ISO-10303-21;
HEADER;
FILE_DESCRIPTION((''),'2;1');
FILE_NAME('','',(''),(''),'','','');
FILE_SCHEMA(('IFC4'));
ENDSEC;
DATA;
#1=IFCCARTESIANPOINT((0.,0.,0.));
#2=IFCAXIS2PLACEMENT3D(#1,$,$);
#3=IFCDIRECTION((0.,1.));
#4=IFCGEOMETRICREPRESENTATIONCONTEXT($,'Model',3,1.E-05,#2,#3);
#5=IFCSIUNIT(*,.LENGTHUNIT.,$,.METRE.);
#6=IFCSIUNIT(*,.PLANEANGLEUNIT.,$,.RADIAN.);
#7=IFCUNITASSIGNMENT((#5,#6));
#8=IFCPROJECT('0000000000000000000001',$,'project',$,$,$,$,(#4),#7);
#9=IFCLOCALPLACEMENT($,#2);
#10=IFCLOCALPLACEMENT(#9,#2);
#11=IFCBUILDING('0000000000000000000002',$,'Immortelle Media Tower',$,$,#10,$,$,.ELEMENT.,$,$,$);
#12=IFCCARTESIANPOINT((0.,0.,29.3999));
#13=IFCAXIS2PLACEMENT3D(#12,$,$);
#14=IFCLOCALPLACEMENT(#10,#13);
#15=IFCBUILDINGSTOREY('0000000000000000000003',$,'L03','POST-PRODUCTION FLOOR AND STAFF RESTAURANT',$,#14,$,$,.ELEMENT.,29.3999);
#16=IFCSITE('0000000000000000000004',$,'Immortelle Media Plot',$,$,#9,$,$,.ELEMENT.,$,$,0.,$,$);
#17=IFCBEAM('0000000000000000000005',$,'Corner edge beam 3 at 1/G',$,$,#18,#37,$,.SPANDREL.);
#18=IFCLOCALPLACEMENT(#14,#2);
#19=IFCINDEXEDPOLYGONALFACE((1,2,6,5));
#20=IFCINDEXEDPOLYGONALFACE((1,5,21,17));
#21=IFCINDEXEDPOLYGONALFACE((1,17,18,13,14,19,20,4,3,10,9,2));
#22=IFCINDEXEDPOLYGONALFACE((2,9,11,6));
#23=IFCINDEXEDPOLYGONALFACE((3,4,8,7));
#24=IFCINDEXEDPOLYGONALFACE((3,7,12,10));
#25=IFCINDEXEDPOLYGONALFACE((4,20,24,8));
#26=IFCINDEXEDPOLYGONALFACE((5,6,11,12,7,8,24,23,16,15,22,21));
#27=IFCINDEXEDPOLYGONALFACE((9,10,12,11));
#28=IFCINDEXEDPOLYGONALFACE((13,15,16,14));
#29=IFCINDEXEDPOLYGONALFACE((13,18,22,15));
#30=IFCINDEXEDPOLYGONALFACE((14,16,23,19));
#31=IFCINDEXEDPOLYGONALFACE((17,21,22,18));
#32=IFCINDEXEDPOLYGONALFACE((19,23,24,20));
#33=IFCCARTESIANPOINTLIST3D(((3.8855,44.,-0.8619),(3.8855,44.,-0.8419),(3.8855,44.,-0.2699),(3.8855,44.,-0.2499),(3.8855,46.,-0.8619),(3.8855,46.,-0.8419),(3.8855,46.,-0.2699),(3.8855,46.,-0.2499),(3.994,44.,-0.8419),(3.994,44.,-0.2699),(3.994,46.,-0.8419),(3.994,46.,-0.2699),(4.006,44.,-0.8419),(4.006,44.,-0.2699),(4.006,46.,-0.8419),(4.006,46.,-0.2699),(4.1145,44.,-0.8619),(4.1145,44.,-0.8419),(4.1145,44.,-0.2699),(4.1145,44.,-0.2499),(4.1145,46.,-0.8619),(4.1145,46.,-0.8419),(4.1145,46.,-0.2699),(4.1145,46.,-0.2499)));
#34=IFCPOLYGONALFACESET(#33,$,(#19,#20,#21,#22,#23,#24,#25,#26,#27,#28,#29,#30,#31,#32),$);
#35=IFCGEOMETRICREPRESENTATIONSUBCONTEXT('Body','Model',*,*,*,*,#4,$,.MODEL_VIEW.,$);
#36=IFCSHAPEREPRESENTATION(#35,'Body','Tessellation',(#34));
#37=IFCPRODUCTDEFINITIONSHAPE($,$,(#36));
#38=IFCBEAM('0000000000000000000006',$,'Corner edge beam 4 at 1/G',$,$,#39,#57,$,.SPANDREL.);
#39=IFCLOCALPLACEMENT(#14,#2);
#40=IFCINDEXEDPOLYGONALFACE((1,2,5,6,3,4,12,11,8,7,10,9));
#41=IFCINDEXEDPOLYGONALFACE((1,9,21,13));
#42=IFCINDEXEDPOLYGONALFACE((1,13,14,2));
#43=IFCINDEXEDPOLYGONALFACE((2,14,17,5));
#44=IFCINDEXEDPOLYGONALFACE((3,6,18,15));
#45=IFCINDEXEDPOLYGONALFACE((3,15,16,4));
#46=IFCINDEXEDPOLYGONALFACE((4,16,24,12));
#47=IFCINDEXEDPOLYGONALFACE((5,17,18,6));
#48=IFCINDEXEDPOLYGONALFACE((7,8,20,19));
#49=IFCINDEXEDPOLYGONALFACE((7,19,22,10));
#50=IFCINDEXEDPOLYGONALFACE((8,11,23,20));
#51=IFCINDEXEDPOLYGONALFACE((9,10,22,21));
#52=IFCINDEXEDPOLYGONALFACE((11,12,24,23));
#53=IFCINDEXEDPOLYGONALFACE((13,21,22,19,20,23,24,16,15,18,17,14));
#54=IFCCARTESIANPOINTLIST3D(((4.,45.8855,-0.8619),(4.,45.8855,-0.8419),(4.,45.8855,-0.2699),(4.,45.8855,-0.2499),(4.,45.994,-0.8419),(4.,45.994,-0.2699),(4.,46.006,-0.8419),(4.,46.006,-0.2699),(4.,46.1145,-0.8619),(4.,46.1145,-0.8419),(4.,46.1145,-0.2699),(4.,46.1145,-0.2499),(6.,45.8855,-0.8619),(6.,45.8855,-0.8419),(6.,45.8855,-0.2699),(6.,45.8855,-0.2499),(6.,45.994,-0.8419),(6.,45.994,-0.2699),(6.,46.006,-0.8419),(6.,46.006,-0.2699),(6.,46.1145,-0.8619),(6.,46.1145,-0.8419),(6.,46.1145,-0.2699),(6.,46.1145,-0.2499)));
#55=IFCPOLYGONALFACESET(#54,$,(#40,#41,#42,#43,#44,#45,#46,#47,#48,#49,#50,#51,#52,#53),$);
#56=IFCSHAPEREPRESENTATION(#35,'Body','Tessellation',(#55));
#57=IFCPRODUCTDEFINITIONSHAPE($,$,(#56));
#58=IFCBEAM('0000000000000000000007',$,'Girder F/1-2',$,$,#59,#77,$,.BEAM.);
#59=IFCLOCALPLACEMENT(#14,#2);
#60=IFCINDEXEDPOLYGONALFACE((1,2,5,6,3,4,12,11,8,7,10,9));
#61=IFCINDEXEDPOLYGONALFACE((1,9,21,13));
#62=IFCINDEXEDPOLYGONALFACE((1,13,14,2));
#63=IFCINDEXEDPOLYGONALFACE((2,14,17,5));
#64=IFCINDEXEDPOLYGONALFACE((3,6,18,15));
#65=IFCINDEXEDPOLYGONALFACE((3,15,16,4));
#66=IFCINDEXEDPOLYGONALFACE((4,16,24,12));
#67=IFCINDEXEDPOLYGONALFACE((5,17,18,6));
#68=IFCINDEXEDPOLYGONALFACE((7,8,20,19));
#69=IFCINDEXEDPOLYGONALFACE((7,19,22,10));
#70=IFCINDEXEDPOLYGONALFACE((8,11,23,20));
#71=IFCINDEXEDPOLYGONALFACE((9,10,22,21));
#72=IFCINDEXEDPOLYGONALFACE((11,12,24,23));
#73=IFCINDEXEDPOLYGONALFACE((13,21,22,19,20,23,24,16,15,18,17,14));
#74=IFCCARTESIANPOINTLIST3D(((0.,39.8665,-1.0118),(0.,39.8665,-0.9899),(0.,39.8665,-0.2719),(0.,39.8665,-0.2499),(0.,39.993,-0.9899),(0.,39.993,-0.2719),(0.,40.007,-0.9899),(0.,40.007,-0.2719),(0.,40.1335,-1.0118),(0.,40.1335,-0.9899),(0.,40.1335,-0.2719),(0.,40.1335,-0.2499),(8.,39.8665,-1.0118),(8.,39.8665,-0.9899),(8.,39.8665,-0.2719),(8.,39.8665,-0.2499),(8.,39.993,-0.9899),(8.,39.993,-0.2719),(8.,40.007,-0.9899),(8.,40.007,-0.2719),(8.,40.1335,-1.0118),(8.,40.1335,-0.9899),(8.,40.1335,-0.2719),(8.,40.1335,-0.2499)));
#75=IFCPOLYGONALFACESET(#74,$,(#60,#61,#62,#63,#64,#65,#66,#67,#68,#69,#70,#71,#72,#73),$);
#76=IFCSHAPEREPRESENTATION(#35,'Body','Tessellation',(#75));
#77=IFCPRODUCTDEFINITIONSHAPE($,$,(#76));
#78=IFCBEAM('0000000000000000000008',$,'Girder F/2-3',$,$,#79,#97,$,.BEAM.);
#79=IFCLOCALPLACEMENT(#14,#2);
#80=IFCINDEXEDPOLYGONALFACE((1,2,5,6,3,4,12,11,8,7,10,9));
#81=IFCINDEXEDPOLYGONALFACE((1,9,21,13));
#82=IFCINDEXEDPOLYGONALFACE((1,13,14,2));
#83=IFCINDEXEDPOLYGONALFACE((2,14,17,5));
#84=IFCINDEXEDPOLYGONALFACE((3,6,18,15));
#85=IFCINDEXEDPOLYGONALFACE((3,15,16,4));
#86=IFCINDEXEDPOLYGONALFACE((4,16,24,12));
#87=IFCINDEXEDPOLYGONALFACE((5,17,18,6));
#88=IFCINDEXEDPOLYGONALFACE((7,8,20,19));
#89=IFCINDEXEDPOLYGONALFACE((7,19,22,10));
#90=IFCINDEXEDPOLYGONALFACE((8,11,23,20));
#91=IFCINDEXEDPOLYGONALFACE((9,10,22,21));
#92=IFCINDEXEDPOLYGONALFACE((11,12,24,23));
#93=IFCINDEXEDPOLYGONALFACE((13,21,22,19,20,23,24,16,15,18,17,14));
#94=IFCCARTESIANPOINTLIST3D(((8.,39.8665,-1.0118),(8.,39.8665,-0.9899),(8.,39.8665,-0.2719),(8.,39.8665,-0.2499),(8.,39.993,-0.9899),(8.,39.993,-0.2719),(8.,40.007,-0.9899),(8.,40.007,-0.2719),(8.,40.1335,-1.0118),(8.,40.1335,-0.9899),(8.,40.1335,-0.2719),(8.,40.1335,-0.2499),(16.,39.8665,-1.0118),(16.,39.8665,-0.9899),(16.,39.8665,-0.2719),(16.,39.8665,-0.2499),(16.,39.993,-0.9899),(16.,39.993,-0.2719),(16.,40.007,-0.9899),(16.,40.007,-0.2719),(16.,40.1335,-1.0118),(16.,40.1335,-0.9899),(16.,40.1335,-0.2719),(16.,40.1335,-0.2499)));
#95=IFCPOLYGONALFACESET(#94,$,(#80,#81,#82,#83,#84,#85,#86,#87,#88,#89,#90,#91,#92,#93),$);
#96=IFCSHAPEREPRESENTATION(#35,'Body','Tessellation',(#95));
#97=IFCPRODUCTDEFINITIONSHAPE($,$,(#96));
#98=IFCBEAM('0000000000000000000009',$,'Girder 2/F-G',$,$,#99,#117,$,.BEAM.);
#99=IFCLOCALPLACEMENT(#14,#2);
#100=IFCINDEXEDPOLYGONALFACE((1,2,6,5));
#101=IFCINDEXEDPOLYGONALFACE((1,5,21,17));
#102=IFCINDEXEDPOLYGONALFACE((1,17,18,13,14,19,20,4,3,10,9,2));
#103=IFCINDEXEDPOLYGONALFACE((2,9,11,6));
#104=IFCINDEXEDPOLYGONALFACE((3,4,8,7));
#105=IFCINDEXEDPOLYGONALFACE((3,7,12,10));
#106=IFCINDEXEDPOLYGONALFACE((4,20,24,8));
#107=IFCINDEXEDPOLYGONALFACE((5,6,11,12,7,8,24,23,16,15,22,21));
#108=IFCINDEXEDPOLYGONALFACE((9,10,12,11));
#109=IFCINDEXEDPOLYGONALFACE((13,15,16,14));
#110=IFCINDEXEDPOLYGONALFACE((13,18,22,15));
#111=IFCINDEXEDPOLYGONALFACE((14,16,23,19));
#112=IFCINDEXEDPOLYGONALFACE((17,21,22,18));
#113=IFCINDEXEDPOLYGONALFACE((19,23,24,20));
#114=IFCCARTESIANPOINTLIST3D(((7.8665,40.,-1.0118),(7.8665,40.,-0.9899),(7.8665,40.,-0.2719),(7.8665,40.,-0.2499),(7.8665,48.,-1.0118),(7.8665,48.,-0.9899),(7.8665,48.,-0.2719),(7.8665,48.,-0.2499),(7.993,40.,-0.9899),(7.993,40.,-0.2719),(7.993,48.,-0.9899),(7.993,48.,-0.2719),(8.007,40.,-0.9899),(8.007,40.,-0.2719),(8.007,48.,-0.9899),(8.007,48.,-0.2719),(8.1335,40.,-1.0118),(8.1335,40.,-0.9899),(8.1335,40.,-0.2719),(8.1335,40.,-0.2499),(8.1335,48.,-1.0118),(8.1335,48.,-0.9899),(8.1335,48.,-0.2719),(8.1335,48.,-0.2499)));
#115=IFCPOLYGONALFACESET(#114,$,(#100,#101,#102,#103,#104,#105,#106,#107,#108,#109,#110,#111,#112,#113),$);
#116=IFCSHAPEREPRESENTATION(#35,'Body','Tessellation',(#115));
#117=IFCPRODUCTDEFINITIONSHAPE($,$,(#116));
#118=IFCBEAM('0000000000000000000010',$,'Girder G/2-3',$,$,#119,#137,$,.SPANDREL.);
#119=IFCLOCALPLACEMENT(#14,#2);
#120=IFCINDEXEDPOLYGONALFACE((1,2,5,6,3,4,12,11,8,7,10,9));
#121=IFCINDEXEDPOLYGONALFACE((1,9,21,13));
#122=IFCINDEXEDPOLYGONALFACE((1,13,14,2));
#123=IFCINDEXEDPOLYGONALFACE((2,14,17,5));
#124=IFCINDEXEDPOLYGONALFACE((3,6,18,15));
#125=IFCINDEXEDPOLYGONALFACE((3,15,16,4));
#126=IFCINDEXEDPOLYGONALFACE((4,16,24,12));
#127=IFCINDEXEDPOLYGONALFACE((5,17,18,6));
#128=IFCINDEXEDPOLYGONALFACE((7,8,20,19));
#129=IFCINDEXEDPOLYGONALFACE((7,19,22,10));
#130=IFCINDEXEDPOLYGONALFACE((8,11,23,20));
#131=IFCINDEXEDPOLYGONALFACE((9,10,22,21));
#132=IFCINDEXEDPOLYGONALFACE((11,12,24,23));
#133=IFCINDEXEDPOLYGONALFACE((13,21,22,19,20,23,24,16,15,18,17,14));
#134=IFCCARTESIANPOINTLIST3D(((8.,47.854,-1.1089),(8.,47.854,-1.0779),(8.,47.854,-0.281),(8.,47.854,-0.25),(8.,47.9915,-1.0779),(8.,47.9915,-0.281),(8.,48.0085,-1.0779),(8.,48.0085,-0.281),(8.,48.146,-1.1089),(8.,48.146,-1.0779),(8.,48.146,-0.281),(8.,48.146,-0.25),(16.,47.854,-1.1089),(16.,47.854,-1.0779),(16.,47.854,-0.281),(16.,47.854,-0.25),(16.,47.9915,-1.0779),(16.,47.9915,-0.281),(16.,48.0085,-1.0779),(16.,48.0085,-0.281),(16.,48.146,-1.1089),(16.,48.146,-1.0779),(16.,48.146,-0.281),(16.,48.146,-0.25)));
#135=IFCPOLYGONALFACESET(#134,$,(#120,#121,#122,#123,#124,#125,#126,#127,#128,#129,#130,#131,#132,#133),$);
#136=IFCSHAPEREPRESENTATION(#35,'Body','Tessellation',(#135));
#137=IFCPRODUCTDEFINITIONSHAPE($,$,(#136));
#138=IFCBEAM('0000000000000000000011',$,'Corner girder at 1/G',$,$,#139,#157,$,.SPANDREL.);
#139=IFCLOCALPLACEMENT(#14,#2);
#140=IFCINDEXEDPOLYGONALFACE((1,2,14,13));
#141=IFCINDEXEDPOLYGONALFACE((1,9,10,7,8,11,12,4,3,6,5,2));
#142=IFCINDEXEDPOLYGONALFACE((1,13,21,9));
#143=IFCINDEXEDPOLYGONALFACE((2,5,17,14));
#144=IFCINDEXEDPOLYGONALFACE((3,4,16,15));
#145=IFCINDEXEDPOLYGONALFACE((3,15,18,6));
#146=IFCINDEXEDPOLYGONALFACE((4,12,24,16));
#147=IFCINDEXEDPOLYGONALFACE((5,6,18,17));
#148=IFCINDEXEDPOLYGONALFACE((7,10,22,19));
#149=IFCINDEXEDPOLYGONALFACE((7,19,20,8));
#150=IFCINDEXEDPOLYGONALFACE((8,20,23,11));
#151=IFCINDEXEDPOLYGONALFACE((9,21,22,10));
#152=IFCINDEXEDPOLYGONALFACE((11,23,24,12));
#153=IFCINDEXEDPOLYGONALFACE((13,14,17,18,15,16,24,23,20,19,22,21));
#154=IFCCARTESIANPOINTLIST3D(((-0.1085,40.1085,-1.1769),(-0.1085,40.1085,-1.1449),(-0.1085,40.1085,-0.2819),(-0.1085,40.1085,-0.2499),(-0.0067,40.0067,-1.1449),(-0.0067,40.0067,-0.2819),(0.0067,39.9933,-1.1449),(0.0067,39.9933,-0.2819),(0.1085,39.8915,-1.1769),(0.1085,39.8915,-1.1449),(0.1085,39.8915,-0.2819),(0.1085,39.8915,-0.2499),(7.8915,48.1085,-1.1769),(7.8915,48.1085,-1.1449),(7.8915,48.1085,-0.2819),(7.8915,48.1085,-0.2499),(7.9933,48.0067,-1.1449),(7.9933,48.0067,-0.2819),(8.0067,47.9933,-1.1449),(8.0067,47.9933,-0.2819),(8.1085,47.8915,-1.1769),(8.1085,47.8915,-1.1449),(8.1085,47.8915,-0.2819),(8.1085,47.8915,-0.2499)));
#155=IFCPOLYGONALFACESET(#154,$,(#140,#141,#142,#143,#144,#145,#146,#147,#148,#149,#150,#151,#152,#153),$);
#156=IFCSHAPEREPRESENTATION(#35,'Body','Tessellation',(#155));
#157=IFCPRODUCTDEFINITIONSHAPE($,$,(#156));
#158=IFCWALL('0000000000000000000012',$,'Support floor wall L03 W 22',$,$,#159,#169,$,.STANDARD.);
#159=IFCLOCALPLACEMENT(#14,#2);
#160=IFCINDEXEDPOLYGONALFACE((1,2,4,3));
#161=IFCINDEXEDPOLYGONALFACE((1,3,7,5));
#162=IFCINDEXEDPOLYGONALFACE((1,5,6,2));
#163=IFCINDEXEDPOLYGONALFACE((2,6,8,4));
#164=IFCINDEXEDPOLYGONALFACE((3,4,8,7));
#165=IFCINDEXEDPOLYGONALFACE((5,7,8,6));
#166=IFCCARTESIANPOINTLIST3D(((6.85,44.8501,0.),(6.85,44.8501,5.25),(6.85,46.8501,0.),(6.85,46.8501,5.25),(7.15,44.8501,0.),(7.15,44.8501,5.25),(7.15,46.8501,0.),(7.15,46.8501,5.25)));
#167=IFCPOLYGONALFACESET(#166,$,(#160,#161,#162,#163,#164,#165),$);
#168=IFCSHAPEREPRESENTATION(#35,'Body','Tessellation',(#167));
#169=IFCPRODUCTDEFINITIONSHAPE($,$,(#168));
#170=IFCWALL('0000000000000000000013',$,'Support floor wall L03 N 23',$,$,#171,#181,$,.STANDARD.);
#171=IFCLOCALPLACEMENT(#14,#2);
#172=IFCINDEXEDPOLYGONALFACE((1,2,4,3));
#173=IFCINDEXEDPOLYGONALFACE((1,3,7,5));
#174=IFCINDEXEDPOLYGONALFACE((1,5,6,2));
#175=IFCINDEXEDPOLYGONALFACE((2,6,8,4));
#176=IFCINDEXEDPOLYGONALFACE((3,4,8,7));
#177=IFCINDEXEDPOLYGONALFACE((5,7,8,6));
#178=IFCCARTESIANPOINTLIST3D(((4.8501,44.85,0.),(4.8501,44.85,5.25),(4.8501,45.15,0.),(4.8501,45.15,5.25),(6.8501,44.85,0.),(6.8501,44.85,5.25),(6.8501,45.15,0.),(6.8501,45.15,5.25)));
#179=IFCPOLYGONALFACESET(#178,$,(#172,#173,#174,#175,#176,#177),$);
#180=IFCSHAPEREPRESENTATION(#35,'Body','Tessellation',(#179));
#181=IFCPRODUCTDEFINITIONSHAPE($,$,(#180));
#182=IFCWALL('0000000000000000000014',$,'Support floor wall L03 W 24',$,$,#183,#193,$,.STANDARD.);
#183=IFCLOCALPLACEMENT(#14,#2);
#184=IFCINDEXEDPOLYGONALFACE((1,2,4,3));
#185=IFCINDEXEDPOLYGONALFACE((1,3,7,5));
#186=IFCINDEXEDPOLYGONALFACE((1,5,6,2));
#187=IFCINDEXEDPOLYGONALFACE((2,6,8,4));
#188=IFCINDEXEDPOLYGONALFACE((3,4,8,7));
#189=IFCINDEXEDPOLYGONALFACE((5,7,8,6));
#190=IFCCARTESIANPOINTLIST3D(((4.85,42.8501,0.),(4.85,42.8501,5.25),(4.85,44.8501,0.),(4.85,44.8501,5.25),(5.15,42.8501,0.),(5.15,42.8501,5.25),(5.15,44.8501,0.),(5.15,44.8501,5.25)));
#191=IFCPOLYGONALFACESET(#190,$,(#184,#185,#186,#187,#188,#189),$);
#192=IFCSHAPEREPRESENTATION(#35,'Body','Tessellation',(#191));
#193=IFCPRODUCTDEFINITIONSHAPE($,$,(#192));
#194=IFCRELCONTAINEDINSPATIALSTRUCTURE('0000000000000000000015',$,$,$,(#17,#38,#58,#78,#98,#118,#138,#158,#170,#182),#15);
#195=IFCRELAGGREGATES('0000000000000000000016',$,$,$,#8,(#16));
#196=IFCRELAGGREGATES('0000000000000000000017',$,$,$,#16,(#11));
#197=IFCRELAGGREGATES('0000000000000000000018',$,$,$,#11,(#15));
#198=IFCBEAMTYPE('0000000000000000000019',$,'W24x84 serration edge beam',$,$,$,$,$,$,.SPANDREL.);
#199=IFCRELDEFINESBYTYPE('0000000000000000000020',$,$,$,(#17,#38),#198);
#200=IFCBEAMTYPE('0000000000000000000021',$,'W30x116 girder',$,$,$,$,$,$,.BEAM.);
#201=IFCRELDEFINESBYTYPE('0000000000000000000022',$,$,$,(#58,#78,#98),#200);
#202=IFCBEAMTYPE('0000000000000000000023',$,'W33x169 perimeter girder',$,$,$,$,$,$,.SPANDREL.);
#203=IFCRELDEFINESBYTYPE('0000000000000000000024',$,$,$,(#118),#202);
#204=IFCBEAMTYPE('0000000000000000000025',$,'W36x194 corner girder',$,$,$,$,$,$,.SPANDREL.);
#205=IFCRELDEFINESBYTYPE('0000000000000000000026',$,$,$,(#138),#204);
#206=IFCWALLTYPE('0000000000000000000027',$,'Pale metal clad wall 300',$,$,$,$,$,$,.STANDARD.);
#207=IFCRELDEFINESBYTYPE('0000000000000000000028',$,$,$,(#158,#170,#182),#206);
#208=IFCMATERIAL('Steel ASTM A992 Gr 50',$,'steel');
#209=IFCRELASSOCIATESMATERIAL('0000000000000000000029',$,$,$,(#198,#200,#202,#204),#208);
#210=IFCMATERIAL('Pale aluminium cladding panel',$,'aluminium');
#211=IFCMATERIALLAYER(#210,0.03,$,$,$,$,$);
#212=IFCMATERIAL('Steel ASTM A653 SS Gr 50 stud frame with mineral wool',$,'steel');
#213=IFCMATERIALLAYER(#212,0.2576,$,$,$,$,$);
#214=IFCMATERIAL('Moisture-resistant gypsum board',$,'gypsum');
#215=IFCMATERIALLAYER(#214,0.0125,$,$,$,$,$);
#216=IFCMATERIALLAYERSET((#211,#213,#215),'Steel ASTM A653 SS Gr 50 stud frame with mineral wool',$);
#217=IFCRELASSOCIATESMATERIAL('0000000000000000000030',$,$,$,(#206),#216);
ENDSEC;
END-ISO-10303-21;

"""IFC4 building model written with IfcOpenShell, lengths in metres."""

from ifc_helpers import new_model, si_unit, direction, frame, frame_2d, origin, origin_2d, place, context, subcontext, project, spatial, rectangle, i_section, extrude, material, layer, layer_set, material_profile, profile_set, type_object, element, save


model = new_model("IFC4")

# Units and contexts
model_context = context("Model", 3, precision=1e-05, world=origin(), true_north=direction((0.0, 1.0)))
body_context = subcontext(model_context, "Body", "Model", "MODEL_VIEW")
ifc_project = project(units=[si_unit("LENGTHUNIT", "METRE"), si_unit("PLANEANGLEUNIT", "RADIAN")], contexts=[model_context])

# Site, building, storey
site_placement = place(None, origin())
site = spatial("IfcSite", under=ifc_project, at=site_placement, Name="Immortelle Media Plot", CompositionType="ELEMENT", RefElevation=0.0)
building_placement = place(site_placement, origin())
building = spatial("IfcBuilding", under=site, at=building_placement, Name="Immortelle Media Tower", CompositionType="ELEMENT")
storey_placement = place(building_placement, frame((0.0, 0.0, 29.3999)))
storey = spatial("IfcBuildingStorey", under=building, at=storey_placement, Name="L03", Description="POST-PRODUCTION FLOOR AND STAFF RESTAURANT", CompositionType="ELEMENT", Elevation=29.3999)

# Shared definitions
ifc_material_1 = material(Name="Steel ASTM A992 Gr 50", Category="steel")

# Beams
ifc_material_profile_1 = material_profile(ifc_material_1, i_section(OverallWidth=0.229, OverallDepth=0.6121, WebThickness=0.012, FlangeThickness=0.02, at=origin_2d()), Name="W24x84")
ifc_profile_set_1 = profile_set([ifc_material_profile_1], Name="Steel ASTM A992 Gr 50")
beam_type_1 = type_object("IfcBeamType", Name="W24x84 serration edge beam", PredefinedType="SPANDREL", material=ifc_profile_set_1)
for number, where, z_axis, x_axis, name in (
    (1, (4.0, 44.0, -0.5559), (0.0, 1.0, 0.0), (-1.0, 0.0, 0.0), "Corner edge beam 3 at 1/G"),
    (2, (4.0, 46.0, -0.5559), (1.0, 0.0, 0.0), (0.0, 1.0, 0.0), "Corner edge beam 4 at 1/G"),
):
    element("IfcBeam", number, at=place(storey_placement, frame(where, z_axis=z_axis, x_axis=x_axis)), inside=storey, type_object=beam_type_1, Name=name, PredefinedType="SPANDREL", context=body_context, shape_type="SweptSolid", body=[
        extrude(i_section(OverallWidth=0.229, OverallDepth=0.6121, WebThickness=0.012, FlangeThickness=0.02, at=origin_2d()), origin(), (0.0, 0.0, 1.0), 2.0),
    ])
ifc_material_profile_2 = material_profile(ifc_material_1, i_section(OverallWidth=0.2671, OverallDepth=0.762, WebThickness=0.0139, FlangeThickness=0.022, at=origin_2d()), Name="W30x116")
ifc_profile_set_2 = profile_set([ifc_material_profile_2], Name="Steel ASTM A992 Gr 50")
beam_type_2 = type_object("IfcBeamType", Name="W30x116 girder", PredefinedType="BEAM", material=ifc_profile_set_2)
for number, where, z_axis, x_axis, name in (
    (3, (0.0, 40.0, -0.6309), (1.0, 0.0, 0.0), (0.0, 1.0, 0.0), "Girder F/1-2"),
    (4, (8.0, 40.0, -0.6309), (1.0, 0.0, 0.0), (0.0, 1.0, 0.0), "Girder F/2-3"),
    (5, (8.0, 40.0, -0.6309), (0.0, 1.0, 0.0), (-1.0, 0.0, 0.0), "Girder 2/F-G"),
):
    element("IfcBeam", number, at=place(storey_placement, frame(where, z_axis=z_axis, x_axis=x_axis)), inside=storey, type_object=beam_type_2, Name=name, PredefinedType="BEAM", context=body_context, shape_type="SweptSolid", body=[
        extrude(i_section(OverallWidth=0.2671, OverallDepth=0.762, WebThickness=0.0139, FlangeThickness=0.022, at=origin_2d()), origin(), (0.0, 0.0, 1.0), 8.0),
    ])
ifc_material_profile_3 = material_profile(ifc_material_1, i_section(OverallWidth=0.292, OverallDepth=0.8589, WebThickness=0.0171, FlangeThickness=0.031, at=origin_2d()), Name="W33x169")
ifc_profile_set_3 = profile_set([ifc_material_profile_3], Name="Steel ASTM A992 Gr 50")
beam_type_3 = type_object("IfcBeamType", Name="W33x169 perimeter girder", PredefinedType="SPANDREL", material=ifc_profile_set_3)
beam_1_placement = place(storey_placement, frame((8.0, 48.0, -0.6794), z_axis=(1.0, 0.0, 0.0), x_axis=(0.0, 1.0, 0.0)))
element("IfcBeam", 6, at=beam_1_placement, inside=storey, type_object=beam_type_3, Name="Girder G/2-3", PredefinedType="SPANDREL", context=body_context, shape_type="SweptSolid", body=[
    extrude(i_section(OverallWidth=0.292, OverallDepth=0.8589, WebThickness=0.0171, FlangeThickness=0.031, at=origin_2d()), origin(), (0.0, 0.0, 1.0), 8.0),
])
ifc_material_profile_4 = material_profile(ifc_material_1, i_section(OverallWidth=0.3069, OverallDepth=0.927, WebThickness=0.019, FlangeThickness=0.032, at=origin_2d()), Name="W36x194")
ifc_profile_set_4 = profile_set([ifc_material_profile_4], Name="Steel ASTM A992 Gr 50")
beam_type_4 = type_object("IfcBeamType", Name="W36x194 corner girder", PredefinedType="SPANDREL", material=ifc_profile_set_4)
beam_2_placement = place(storey_placement, frame((0.0, 40.0, -0.7134), z_axis=(0.707107, 0.707107, 0.0), x_axis=(-0.707107, 0.707107, 0.0)))
element("IfcBeam", 7, at=beam_2_placement, inside=storey, type_object=beam_type_4, Name="Corner girder at 1/G", PredefinedType="SPANDREL", context=body_context, shape_type="SweptSolid", body=[
    extrude(i_section(OverallWidth=0.3069, OverallDepth=0.927, WebThickness=0.019, FlangeThickness=0.032, at=origin_2d()), origin(), (0.0, 0.0, 1.0), 11.3137),
])

# Walls
ifc_material_2 = material(Name="Pale aluminium cladding panel", Category="aluminium")
ifc_layer_1 = layer(ifc_material_2, 0.03)
ifc_material_3 = material(Name="Steel ASTM A653 SS Gr 50 stud frame with mineral wool", Category="steel")
ifc_layer_2 = layer(ifc_material_3, 0.2576)
ifc_material_4 = material(Name="Moisture-resistant gypsum board", Category="gypsum")
ifc_layer_3 = layer(ifc_material_4, 0.0125)
ifc_layer_set_1 = layer_set([ifc_layer_1, ifc_layer_2, ifc_layer_3], Name="Steel ASTM A653 SS Gr 50 stud frame with mineral wool")
wall_type_1 = type_object("IfcWallType", Name="Pale metal clad wall 300", PredefinedType="STANDARD", material=ifc_layer_set_1)
for number, where, z_axis, x_axis, name in (
    (8, (7.0, 46.8501, 0.0), (0.0, 0.0, 1.0), (0.0, -1.0, 0.0), "Support floor wall L03 W 22"),
    (9, (6.8501, 45.0, 0.0), (0.0, 0.0, 1.0), (-1.0, 0.0, 0.0), "Support floor wall L03 N 23"),
    (10, (5.0, 44.8501, 0.0), (0.0, 0.0, 1.0), (0.0, -1.0, 0.0), "Support floor wall L03 W 24"),
):
    element("IfcWall", number, at=place(storey_placement, frame(where, z_axis=z_axis, x_axis=x_axis)), inside=storey, type_object=wall_type_1, Name=name, PredefinedType="STANDARD", context=body_context, shape_type="SweptSolid", body=[
        extrude(rectangle(XDim=2.0, YDim=0.3, at=frame_2d((1.0, 0.0))), origin(), (0.0, 0.0, 1.0), 5.25),
    ])

save(model, "model.ifc")
